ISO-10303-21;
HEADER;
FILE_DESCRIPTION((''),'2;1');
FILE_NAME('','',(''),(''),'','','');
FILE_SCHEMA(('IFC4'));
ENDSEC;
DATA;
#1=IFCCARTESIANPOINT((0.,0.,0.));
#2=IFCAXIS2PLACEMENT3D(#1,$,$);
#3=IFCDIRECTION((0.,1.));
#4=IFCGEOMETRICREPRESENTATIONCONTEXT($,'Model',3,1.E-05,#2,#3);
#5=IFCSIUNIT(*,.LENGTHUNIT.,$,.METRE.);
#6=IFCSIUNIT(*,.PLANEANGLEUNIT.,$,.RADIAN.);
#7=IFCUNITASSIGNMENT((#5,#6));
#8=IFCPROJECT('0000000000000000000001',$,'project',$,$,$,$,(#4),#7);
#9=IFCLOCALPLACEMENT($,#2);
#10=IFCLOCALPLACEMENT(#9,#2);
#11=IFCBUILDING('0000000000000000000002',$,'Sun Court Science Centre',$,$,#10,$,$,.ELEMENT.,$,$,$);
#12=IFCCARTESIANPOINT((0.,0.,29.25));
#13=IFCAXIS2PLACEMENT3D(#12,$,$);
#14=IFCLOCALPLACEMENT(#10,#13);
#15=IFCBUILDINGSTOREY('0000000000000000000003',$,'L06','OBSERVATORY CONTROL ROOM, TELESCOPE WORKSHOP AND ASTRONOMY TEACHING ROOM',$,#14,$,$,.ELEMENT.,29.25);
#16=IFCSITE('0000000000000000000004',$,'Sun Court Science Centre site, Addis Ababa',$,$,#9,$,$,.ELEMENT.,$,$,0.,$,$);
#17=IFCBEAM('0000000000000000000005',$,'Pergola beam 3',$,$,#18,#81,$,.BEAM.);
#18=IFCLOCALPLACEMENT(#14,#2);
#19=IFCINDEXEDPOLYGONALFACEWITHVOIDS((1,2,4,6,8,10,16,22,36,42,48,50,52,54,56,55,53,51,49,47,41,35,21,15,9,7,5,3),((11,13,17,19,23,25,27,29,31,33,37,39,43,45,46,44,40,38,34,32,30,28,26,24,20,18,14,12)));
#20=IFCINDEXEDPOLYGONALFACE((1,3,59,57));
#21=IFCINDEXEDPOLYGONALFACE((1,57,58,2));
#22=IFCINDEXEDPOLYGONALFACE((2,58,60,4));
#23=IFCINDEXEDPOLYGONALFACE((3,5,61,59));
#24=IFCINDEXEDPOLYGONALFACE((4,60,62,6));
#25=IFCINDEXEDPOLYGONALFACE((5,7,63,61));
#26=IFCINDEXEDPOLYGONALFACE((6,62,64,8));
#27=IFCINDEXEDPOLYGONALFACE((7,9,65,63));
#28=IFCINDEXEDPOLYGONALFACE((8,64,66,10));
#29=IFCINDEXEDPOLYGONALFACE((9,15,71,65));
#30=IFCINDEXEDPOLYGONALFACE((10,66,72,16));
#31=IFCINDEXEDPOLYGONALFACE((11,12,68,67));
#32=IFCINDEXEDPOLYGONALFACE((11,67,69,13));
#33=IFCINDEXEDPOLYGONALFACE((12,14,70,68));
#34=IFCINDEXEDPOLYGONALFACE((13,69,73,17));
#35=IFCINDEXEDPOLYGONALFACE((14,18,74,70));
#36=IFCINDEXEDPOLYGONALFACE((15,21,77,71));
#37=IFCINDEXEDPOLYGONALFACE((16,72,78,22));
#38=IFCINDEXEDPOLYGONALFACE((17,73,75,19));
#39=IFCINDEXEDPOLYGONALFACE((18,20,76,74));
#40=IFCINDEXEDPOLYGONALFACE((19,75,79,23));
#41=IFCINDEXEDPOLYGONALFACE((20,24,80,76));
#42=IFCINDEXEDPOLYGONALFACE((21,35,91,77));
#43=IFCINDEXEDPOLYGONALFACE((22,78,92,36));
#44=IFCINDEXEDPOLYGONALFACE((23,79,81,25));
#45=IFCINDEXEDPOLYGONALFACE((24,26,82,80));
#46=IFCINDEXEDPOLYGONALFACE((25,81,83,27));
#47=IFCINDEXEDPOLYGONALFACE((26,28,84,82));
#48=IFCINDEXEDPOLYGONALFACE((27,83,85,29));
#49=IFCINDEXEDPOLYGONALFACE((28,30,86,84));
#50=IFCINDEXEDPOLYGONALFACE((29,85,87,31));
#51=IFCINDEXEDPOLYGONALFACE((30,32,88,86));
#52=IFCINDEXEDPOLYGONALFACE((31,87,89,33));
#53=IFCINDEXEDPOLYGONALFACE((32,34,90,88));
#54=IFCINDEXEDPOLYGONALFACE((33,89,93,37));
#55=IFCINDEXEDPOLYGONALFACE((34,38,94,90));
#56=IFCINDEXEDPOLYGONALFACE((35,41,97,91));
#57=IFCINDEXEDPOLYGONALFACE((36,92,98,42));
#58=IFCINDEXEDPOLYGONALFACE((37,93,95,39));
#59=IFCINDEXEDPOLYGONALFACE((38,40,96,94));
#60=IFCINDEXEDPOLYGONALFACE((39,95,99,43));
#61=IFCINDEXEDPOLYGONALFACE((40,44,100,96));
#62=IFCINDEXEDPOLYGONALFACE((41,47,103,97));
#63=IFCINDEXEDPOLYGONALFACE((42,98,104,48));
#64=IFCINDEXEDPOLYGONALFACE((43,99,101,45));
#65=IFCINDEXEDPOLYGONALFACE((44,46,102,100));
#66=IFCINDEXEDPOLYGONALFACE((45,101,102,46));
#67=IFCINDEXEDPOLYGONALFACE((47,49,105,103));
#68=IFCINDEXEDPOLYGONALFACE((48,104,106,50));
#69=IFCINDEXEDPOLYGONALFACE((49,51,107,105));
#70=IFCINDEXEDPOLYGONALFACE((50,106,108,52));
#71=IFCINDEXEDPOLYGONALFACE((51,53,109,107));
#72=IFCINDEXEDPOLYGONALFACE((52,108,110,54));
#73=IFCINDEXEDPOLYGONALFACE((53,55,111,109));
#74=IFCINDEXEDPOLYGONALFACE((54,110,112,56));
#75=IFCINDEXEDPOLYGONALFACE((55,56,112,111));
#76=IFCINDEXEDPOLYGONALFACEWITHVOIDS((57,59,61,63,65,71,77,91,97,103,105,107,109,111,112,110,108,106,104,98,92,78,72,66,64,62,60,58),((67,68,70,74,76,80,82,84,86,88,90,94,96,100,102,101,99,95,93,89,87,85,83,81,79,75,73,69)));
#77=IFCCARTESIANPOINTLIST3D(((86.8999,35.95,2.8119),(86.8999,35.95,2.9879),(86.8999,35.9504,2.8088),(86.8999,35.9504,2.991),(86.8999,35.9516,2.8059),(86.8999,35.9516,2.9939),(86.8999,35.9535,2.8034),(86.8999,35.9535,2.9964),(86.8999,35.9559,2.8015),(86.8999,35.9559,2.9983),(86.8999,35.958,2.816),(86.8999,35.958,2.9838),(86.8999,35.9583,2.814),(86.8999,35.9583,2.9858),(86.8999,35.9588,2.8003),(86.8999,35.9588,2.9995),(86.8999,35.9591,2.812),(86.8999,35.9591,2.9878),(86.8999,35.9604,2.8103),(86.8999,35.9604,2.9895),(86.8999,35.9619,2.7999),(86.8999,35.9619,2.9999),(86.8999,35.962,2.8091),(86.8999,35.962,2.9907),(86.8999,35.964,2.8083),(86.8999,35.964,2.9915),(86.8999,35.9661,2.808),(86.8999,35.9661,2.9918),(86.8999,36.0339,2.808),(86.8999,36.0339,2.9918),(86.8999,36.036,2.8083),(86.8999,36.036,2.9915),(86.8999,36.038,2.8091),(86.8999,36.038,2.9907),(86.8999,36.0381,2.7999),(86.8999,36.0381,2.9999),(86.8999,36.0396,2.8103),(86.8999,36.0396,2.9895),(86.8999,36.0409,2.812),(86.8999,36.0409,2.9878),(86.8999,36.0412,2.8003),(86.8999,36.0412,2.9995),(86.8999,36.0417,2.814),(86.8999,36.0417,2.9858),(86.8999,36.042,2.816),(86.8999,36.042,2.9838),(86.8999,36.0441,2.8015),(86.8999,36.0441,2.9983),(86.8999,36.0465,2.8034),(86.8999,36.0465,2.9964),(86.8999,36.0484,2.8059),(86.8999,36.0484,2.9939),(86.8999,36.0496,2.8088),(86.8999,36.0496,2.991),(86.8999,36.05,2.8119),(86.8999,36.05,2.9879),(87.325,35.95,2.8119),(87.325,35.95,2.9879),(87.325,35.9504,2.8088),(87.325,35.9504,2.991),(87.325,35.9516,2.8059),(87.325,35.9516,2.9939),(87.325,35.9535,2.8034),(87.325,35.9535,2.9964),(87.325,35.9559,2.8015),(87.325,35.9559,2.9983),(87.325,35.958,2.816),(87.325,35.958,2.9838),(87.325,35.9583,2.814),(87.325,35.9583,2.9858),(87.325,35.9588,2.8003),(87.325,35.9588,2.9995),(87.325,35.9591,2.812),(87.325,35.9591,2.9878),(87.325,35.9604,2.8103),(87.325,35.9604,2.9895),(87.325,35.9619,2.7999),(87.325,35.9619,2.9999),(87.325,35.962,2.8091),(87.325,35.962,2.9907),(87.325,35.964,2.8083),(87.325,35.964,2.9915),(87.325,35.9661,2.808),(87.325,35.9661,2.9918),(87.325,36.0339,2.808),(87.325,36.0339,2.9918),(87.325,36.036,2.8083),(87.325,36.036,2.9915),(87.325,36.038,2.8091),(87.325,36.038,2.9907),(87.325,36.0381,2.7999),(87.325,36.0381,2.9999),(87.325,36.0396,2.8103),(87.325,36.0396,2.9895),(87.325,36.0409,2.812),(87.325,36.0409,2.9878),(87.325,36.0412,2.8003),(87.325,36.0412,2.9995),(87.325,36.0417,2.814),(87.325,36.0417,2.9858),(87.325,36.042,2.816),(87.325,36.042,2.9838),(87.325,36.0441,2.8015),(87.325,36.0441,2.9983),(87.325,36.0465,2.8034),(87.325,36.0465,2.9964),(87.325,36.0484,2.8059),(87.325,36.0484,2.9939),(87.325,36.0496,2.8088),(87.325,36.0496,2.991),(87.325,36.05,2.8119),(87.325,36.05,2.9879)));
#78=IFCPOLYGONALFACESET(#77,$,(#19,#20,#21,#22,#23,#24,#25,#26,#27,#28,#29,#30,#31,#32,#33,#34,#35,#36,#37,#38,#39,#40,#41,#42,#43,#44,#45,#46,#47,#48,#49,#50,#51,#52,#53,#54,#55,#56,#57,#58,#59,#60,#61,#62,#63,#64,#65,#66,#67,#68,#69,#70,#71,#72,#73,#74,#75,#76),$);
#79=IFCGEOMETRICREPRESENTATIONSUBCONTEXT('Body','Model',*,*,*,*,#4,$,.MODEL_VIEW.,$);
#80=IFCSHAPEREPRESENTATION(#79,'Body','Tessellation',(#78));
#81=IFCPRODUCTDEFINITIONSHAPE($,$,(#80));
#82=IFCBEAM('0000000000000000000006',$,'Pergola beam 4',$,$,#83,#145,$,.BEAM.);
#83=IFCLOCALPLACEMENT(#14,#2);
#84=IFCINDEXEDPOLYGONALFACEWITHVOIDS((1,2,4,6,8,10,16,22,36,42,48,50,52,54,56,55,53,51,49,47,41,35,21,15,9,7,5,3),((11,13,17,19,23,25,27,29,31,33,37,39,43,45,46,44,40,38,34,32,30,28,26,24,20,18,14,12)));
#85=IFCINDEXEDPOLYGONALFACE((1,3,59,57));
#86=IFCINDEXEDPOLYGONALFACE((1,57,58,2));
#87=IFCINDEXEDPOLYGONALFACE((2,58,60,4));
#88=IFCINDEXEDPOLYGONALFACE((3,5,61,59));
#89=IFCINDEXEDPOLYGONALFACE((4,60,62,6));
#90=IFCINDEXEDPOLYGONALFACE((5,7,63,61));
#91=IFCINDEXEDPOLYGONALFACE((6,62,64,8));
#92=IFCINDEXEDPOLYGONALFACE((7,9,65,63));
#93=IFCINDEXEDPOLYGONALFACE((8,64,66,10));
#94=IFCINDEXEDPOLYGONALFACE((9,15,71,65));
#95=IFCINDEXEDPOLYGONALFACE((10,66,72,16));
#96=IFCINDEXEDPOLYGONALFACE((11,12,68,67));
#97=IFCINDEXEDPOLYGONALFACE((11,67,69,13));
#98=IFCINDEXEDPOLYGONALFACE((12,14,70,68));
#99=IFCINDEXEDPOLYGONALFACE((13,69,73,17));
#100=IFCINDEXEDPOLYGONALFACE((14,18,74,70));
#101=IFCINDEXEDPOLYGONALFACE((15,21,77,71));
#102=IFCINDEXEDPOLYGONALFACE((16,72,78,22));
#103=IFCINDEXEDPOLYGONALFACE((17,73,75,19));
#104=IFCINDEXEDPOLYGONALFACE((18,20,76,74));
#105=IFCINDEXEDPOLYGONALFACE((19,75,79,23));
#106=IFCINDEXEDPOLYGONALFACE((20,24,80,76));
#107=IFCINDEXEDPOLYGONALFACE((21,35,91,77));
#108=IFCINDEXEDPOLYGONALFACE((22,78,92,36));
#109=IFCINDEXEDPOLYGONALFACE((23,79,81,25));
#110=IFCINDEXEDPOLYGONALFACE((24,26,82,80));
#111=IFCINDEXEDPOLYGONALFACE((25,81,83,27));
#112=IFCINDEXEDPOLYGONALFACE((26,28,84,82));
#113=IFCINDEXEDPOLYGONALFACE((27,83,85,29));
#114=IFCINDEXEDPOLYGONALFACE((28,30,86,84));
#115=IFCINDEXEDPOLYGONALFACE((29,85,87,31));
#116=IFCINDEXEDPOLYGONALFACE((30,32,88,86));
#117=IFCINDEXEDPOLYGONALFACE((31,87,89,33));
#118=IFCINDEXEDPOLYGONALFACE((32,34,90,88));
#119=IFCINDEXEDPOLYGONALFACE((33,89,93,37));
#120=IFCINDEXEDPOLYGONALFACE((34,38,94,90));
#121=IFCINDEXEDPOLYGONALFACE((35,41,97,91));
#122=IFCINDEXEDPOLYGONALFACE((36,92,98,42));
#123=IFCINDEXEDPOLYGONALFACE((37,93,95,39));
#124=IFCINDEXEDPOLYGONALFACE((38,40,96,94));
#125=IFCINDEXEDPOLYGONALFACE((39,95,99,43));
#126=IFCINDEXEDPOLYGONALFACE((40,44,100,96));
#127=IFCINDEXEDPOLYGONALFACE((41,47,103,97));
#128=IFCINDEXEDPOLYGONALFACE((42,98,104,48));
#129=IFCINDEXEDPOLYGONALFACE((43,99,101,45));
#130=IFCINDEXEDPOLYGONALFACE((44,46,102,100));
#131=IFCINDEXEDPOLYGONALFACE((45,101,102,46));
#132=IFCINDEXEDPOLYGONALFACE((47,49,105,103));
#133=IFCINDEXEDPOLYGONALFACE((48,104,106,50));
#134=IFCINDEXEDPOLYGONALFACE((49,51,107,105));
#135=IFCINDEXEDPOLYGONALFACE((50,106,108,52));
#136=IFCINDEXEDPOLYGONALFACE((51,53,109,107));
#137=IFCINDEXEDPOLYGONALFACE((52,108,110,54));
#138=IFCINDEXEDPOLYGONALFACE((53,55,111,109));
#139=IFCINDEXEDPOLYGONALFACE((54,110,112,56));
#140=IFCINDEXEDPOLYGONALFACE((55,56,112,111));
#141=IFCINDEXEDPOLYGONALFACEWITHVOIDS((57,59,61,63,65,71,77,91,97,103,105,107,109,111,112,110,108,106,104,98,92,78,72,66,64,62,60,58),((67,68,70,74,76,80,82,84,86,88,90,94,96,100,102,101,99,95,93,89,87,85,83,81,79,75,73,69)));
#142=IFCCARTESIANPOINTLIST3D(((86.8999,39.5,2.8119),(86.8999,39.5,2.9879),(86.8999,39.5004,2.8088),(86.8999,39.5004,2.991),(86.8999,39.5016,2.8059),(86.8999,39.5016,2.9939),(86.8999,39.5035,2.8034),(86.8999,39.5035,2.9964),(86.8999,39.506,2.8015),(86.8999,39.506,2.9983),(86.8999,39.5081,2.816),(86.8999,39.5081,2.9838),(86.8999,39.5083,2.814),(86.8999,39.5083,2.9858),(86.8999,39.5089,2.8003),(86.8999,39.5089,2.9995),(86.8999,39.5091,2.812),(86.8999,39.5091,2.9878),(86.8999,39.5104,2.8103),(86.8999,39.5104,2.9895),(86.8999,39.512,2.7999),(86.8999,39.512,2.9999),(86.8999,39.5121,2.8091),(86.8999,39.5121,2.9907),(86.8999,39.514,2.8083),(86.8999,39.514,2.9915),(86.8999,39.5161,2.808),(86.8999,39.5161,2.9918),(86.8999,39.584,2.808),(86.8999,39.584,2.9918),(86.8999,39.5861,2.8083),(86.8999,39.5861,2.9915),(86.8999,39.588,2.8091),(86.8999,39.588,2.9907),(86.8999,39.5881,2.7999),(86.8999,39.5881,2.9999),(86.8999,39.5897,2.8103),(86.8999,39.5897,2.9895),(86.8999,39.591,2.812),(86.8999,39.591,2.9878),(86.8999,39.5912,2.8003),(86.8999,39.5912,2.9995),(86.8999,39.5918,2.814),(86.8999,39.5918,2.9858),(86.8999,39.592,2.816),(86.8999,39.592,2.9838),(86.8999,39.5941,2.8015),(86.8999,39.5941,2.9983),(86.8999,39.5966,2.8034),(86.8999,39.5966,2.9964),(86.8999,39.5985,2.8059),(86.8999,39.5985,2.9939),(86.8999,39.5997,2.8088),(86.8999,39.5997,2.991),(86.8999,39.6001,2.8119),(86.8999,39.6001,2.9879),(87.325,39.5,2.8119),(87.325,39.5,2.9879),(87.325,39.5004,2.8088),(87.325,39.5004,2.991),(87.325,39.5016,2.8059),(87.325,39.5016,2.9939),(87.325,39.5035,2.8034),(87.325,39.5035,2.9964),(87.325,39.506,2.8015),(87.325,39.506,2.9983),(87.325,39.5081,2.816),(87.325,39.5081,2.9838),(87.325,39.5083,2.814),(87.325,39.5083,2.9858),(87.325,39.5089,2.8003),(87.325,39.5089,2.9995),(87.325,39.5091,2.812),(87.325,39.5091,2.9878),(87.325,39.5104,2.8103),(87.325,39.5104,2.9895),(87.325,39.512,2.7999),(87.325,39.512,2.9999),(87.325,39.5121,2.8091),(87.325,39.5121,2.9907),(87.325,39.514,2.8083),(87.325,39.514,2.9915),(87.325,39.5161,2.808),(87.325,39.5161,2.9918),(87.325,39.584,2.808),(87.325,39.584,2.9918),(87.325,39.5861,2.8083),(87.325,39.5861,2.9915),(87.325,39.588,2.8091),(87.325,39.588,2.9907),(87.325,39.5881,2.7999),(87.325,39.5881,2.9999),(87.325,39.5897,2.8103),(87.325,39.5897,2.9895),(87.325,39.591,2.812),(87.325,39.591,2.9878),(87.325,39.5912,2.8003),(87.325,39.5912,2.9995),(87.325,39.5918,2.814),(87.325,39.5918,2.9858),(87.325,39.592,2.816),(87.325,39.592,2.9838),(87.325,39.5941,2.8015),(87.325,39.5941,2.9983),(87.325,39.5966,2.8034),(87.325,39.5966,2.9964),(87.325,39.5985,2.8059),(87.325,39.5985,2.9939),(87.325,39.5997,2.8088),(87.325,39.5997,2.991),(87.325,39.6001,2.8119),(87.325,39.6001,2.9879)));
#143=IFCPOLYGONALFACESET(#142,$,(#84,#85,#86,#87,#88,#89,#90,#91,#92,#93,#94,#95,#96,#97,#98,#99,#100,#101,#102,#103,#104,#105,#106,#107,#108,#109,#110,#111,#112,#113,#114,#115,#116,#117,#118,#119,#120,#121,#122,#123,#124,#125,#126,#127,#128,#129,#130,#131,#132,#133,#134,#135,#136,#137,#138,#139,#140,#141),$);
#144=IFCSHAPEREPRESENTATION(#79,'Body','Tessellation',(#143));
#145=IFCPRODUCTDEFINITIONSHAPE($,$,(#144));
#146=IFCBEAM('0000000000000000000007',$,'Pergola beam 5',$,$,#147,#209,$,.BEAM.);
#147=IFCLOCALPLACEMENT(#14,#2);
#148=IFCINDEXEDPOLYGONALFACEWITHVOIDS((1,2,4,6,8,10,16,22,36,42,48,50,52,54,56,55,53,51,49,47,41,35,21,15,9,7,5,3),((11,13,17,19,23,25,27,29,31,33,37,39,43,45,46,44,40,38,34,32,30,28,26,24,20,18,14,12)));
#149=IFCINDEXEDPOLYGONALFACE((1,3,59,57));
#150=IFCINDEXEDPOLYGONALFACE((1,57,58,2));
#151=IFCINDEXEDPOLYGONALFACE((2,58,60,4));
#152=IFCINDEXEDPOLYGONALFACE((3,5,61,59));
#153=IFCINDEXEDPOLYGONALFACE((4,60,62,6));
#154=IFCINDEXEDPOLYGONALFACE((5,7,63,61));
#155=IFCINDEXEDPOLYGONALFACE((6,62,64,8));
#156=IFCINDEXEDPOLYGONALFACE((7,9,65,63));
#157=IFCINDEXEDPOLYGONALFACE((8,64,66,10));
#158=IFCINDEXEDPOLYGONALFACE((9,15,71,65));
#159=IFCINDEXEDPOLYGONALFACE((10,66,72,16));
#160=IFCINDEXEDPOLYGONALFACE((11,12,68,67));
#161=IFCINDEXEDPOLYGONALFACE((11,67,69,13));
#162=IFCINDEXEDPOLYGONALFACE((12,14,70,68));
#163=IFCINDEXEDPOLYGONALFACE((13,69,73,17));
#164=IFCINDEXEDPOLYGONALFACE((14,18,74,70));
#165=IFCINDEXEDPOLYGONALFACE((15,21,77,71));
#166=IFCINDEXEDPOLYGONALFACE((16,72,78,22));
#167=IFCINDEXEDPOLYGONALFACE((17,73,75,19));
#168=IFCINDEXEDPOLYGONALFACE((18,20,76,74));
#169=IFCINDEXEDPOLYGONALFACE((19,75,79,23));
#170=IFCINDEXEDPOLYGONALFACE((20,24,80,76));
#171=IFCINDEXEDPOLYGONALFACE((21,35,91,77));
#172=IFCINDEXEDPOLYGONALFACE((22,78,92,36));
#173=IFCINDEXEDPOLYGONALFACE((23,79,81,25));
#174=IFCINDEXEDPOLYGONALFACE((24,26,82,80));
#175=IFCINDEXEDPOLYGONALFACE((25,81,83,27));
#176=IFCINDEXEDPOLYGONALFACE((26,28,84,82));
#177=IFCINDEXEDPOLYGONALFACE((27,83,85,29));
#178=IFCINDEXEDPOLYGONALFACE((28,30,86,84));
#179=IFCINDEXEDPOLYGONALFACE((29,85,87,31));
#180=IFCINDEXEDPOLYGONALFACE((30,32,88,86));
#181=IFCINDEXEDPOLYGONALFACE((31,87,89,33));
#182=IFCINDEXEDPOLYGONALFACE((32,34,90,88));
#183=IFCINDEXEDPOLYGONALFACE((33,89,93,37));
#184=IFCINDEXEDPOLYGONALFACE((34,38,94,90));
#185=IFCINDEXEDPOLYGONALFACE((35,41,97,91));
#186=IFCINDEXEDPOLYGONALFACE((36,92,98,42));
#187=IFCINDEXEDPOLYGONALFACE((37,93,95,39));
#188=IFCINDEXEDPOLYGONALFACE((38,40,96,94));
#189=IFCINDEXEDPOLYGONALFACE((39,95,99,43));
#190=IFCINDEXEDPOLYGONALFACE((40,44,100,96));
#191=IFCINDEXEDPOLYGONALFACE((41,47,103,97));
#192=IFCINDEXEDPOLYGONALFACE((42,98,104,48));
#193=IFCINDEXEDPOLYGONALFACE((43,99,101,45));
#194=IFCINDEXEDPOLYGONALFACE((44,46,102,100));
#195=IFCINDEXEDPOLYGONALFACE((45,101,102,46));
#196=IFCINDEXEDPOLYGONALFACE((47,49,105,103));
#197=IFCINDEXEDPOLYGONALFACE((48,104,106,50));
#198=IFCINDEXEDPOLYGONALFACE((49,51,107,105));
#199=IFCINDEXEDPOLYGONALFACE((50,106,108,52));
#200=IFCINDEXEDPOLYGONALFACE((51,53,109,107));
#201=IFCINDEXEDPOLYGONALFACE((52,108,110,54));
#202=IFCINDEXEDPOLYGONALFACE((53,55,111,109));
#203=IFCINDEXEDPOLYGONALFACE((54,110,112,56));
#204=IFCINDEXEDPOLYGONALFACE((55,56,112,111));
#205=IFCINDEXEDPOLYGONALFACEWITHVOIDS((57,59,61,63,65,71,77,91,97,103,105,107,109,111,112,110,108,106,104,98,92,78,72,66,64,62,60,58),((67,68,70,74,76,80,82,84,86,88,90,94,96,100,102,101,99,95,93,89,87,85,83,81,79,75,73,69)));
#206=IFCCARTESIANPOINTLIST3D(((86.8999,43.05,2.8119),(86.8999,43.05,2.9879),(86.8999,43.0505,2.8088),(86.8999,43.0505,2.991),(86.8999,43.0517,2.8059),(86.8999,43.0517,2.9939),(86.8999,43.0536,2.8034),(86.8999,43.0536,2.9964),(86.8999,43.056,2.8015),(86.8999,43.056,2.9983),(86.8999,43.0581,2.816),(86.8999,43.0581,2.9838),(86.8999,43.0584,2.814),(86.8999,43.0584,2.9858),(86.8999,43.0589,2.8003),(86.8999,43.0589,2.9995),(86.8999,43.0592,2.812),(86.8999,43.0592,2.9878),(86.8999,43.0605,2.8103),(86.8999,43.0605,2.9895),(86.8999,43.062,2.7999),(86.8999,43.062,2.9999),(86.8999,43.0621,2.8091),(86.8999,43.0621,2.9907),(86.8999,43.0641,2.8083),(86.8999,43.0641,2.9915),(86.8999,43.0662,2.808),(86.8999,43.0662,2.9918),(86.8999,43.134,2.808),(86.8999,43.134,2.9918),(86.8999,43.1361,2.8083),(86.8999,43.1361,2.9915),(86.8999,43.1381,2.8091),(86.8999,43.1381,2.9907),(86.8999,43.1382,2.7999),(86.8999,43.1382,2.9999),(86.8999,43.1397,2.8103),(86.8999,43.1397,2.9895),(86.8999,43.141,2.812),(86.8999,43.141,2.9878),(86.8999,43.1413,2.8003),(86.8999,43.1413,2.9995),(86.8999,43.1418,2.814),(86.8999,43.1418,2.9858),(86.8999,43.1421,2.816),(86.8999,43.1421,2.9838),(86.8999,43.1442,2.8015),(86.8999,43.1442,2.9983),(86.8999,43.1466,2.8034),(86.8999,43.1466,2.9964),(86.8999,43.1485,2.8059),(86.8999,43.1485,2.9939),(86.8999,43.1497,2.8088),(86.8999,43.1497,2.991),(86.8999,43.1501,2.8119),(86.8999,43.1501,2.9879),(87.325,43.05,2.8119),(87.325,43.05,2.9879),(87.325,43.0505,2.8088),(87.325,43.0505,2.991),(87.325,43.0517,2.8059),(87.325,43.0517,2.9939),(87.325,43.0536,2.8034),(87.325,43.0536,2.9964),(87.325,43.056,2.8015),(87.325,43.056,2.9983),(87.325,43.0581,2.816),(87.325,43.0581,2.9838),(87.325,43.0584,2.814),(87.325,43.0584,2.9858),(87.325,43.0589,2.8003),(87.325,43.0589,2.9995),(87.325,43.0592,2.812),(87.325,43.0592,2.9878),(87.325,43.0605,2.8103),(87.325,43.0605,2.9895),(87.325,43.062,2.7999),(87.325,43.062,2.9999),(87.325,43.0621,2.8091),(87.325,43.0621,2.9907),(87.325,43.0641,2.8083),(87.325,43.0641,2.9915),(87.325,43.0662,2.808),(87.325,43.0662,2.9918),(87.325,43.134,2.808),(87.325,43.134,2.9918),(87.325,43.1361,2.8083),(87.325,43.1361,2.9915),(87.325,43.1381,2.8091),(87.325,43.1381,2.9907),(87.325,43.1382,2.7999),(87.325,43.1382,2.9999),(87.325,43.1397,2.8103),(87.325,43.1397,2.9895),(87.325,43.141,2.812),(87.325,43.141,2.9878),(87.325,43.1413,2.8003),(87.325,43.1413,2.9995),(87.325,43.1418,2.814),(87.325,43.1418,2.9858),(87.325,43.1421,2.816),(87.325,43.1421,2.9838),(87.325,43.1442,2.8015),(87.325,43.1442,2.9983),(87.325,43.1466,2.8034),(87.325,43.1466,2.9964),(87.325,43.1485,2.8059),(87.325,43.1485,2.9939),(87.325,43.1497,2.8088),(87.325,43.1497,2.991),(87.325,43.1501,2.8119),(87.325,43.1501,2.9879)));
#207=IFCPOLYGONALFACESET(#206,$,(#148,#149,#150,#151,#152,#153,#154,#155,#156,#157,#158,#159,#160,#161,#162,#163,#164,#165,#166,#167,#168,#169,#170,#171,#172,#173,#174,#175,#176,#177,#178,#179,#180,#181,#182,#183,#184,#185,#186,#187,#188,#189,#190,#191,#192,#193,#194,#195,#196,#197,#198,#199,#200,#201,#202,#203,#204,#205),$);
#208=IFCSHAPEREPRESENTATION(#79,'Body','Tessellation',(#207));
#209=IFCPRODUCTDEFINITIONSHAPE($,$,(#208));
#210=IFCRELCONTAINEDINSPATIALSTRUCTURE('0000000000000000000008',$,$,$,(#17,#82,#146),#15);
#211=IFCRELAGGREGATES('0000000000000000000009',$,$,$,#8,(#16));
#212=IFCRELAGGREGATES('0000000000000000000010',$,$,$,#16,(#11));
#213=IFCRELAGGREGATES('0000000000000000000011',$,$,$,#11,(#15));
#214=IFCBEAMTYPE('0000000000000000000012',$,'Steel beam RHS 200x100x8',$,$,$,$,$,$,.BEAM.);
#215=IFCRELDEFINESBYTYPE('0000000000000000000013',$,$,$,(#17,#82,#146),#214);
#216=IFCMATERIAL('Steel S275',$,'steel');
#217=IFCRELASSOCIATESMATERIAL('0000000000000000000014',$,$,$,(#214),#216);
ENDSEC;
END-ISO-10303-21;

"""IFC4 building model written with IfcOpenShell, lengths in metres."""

from ifc_helpers import new_model, si_unit, direction, frame, origin, origin_2d, place, context, subcontext, project, spatial, hollow_rectangle, extrude, material, material_profile, profile_set, type_object, element, save


model = new_model("IFC4")

# Units and contexts
model_context = context("Model", 3, precision=1e-05, world=origin(), true_north=direction((0.0, 1.0)))
body_context = subcontext(model_context, "Body", "Model", "MODEL_VIEW")
ifc_project = project(units=[si_unit("LENGTHUNIT", "METRE"), si_unit("PLANEANGLEUNIT", "RADIAN")], contexts=[model_context])

# Site, building, storey
site_placement = place(None, origin())
site = spatial("IfcSite", under=ifc_project, at=site_placement, Name="Sun Court Science Centre site, Addis Ababa", CompositionType="ELEMENT", RefElevation=0.0)
building_placement = place(site_placement, origin())
building = spatial("IfcBuilding", under=site, at=building_placement, Name="Sun Court Science Centre", CompositionType="ELEMENT")
storey_placement = place(building_placement, frame((0.0, 0.0, 29.25)))
storey = spatial("IfcBuildingStorey", under=building, at=storey_placement, Name="L06", Description="OBSERVATORY CONTROL ROOM, TELESCOPE WORKSHOP AND ASTRONOMY TEACHING ROOM", CompositionType="ELEMENT", Elevation=29.25)

# Beams
ifc_material_1 = material(Name="Steel S275", Category="steel")
ifc_material_profile_1 = material_profile(ifc_material_1, hollow_rectangle(XDim=0.1001, YDim=0.2, WallThickness=0.0081, InnerFilletRadius=0.0081, OuterFilletRadius=0.012, at=origin_2d()), Name="RHS 200x100x8")
ifc_profile_set_1 = profile_set([ifc_material_profile_1], Name="Steel S275")
beam_type = type_object("IfcBeamType", Name="Steel beam RHS 200x100x8", PredefinedType="BEAM", material=ifc_profile_set_1)
for number, where, z_axis, x_axis, name in (
    (1, (86.8999, 36.0, 2.8999), (1.0, 0.0, 0.0), (0.0, 1.0, 0.0), "Pergola beam 3"),
    (2, (86.8999, 39.55, 2.8999), (1.0, 0.0, 0.0), (0.0, 1.0, 0.0), "Pergola beam 4"),
    (3, (86.8999, 43.1001, 2.8999), (1.0, 0.0, 0.0), (0.0, 1.0, 0.0), "Pergola beam 5"),
):
    element("IfcBeam", number, at=place(storey_placement, frame(where, z_axis=z_axis, x_axis=x_axis)), inside=storey, type_object=beam_type, Name=name, PredefinedType="BEAM", context=body_context, shape_type="SweptSolid", body=[
        extrude(hollow_rectangle(XDim=0.1001, YDim=0.2, WallThickness=0.0081, InnerFilletRadius=0.0081, OuterFilletRadius=0.012, at=origin_2d()), origin(), (0.0, 0.0, 1.0), 0.425),
    ])

save(model, "model.ifc")
